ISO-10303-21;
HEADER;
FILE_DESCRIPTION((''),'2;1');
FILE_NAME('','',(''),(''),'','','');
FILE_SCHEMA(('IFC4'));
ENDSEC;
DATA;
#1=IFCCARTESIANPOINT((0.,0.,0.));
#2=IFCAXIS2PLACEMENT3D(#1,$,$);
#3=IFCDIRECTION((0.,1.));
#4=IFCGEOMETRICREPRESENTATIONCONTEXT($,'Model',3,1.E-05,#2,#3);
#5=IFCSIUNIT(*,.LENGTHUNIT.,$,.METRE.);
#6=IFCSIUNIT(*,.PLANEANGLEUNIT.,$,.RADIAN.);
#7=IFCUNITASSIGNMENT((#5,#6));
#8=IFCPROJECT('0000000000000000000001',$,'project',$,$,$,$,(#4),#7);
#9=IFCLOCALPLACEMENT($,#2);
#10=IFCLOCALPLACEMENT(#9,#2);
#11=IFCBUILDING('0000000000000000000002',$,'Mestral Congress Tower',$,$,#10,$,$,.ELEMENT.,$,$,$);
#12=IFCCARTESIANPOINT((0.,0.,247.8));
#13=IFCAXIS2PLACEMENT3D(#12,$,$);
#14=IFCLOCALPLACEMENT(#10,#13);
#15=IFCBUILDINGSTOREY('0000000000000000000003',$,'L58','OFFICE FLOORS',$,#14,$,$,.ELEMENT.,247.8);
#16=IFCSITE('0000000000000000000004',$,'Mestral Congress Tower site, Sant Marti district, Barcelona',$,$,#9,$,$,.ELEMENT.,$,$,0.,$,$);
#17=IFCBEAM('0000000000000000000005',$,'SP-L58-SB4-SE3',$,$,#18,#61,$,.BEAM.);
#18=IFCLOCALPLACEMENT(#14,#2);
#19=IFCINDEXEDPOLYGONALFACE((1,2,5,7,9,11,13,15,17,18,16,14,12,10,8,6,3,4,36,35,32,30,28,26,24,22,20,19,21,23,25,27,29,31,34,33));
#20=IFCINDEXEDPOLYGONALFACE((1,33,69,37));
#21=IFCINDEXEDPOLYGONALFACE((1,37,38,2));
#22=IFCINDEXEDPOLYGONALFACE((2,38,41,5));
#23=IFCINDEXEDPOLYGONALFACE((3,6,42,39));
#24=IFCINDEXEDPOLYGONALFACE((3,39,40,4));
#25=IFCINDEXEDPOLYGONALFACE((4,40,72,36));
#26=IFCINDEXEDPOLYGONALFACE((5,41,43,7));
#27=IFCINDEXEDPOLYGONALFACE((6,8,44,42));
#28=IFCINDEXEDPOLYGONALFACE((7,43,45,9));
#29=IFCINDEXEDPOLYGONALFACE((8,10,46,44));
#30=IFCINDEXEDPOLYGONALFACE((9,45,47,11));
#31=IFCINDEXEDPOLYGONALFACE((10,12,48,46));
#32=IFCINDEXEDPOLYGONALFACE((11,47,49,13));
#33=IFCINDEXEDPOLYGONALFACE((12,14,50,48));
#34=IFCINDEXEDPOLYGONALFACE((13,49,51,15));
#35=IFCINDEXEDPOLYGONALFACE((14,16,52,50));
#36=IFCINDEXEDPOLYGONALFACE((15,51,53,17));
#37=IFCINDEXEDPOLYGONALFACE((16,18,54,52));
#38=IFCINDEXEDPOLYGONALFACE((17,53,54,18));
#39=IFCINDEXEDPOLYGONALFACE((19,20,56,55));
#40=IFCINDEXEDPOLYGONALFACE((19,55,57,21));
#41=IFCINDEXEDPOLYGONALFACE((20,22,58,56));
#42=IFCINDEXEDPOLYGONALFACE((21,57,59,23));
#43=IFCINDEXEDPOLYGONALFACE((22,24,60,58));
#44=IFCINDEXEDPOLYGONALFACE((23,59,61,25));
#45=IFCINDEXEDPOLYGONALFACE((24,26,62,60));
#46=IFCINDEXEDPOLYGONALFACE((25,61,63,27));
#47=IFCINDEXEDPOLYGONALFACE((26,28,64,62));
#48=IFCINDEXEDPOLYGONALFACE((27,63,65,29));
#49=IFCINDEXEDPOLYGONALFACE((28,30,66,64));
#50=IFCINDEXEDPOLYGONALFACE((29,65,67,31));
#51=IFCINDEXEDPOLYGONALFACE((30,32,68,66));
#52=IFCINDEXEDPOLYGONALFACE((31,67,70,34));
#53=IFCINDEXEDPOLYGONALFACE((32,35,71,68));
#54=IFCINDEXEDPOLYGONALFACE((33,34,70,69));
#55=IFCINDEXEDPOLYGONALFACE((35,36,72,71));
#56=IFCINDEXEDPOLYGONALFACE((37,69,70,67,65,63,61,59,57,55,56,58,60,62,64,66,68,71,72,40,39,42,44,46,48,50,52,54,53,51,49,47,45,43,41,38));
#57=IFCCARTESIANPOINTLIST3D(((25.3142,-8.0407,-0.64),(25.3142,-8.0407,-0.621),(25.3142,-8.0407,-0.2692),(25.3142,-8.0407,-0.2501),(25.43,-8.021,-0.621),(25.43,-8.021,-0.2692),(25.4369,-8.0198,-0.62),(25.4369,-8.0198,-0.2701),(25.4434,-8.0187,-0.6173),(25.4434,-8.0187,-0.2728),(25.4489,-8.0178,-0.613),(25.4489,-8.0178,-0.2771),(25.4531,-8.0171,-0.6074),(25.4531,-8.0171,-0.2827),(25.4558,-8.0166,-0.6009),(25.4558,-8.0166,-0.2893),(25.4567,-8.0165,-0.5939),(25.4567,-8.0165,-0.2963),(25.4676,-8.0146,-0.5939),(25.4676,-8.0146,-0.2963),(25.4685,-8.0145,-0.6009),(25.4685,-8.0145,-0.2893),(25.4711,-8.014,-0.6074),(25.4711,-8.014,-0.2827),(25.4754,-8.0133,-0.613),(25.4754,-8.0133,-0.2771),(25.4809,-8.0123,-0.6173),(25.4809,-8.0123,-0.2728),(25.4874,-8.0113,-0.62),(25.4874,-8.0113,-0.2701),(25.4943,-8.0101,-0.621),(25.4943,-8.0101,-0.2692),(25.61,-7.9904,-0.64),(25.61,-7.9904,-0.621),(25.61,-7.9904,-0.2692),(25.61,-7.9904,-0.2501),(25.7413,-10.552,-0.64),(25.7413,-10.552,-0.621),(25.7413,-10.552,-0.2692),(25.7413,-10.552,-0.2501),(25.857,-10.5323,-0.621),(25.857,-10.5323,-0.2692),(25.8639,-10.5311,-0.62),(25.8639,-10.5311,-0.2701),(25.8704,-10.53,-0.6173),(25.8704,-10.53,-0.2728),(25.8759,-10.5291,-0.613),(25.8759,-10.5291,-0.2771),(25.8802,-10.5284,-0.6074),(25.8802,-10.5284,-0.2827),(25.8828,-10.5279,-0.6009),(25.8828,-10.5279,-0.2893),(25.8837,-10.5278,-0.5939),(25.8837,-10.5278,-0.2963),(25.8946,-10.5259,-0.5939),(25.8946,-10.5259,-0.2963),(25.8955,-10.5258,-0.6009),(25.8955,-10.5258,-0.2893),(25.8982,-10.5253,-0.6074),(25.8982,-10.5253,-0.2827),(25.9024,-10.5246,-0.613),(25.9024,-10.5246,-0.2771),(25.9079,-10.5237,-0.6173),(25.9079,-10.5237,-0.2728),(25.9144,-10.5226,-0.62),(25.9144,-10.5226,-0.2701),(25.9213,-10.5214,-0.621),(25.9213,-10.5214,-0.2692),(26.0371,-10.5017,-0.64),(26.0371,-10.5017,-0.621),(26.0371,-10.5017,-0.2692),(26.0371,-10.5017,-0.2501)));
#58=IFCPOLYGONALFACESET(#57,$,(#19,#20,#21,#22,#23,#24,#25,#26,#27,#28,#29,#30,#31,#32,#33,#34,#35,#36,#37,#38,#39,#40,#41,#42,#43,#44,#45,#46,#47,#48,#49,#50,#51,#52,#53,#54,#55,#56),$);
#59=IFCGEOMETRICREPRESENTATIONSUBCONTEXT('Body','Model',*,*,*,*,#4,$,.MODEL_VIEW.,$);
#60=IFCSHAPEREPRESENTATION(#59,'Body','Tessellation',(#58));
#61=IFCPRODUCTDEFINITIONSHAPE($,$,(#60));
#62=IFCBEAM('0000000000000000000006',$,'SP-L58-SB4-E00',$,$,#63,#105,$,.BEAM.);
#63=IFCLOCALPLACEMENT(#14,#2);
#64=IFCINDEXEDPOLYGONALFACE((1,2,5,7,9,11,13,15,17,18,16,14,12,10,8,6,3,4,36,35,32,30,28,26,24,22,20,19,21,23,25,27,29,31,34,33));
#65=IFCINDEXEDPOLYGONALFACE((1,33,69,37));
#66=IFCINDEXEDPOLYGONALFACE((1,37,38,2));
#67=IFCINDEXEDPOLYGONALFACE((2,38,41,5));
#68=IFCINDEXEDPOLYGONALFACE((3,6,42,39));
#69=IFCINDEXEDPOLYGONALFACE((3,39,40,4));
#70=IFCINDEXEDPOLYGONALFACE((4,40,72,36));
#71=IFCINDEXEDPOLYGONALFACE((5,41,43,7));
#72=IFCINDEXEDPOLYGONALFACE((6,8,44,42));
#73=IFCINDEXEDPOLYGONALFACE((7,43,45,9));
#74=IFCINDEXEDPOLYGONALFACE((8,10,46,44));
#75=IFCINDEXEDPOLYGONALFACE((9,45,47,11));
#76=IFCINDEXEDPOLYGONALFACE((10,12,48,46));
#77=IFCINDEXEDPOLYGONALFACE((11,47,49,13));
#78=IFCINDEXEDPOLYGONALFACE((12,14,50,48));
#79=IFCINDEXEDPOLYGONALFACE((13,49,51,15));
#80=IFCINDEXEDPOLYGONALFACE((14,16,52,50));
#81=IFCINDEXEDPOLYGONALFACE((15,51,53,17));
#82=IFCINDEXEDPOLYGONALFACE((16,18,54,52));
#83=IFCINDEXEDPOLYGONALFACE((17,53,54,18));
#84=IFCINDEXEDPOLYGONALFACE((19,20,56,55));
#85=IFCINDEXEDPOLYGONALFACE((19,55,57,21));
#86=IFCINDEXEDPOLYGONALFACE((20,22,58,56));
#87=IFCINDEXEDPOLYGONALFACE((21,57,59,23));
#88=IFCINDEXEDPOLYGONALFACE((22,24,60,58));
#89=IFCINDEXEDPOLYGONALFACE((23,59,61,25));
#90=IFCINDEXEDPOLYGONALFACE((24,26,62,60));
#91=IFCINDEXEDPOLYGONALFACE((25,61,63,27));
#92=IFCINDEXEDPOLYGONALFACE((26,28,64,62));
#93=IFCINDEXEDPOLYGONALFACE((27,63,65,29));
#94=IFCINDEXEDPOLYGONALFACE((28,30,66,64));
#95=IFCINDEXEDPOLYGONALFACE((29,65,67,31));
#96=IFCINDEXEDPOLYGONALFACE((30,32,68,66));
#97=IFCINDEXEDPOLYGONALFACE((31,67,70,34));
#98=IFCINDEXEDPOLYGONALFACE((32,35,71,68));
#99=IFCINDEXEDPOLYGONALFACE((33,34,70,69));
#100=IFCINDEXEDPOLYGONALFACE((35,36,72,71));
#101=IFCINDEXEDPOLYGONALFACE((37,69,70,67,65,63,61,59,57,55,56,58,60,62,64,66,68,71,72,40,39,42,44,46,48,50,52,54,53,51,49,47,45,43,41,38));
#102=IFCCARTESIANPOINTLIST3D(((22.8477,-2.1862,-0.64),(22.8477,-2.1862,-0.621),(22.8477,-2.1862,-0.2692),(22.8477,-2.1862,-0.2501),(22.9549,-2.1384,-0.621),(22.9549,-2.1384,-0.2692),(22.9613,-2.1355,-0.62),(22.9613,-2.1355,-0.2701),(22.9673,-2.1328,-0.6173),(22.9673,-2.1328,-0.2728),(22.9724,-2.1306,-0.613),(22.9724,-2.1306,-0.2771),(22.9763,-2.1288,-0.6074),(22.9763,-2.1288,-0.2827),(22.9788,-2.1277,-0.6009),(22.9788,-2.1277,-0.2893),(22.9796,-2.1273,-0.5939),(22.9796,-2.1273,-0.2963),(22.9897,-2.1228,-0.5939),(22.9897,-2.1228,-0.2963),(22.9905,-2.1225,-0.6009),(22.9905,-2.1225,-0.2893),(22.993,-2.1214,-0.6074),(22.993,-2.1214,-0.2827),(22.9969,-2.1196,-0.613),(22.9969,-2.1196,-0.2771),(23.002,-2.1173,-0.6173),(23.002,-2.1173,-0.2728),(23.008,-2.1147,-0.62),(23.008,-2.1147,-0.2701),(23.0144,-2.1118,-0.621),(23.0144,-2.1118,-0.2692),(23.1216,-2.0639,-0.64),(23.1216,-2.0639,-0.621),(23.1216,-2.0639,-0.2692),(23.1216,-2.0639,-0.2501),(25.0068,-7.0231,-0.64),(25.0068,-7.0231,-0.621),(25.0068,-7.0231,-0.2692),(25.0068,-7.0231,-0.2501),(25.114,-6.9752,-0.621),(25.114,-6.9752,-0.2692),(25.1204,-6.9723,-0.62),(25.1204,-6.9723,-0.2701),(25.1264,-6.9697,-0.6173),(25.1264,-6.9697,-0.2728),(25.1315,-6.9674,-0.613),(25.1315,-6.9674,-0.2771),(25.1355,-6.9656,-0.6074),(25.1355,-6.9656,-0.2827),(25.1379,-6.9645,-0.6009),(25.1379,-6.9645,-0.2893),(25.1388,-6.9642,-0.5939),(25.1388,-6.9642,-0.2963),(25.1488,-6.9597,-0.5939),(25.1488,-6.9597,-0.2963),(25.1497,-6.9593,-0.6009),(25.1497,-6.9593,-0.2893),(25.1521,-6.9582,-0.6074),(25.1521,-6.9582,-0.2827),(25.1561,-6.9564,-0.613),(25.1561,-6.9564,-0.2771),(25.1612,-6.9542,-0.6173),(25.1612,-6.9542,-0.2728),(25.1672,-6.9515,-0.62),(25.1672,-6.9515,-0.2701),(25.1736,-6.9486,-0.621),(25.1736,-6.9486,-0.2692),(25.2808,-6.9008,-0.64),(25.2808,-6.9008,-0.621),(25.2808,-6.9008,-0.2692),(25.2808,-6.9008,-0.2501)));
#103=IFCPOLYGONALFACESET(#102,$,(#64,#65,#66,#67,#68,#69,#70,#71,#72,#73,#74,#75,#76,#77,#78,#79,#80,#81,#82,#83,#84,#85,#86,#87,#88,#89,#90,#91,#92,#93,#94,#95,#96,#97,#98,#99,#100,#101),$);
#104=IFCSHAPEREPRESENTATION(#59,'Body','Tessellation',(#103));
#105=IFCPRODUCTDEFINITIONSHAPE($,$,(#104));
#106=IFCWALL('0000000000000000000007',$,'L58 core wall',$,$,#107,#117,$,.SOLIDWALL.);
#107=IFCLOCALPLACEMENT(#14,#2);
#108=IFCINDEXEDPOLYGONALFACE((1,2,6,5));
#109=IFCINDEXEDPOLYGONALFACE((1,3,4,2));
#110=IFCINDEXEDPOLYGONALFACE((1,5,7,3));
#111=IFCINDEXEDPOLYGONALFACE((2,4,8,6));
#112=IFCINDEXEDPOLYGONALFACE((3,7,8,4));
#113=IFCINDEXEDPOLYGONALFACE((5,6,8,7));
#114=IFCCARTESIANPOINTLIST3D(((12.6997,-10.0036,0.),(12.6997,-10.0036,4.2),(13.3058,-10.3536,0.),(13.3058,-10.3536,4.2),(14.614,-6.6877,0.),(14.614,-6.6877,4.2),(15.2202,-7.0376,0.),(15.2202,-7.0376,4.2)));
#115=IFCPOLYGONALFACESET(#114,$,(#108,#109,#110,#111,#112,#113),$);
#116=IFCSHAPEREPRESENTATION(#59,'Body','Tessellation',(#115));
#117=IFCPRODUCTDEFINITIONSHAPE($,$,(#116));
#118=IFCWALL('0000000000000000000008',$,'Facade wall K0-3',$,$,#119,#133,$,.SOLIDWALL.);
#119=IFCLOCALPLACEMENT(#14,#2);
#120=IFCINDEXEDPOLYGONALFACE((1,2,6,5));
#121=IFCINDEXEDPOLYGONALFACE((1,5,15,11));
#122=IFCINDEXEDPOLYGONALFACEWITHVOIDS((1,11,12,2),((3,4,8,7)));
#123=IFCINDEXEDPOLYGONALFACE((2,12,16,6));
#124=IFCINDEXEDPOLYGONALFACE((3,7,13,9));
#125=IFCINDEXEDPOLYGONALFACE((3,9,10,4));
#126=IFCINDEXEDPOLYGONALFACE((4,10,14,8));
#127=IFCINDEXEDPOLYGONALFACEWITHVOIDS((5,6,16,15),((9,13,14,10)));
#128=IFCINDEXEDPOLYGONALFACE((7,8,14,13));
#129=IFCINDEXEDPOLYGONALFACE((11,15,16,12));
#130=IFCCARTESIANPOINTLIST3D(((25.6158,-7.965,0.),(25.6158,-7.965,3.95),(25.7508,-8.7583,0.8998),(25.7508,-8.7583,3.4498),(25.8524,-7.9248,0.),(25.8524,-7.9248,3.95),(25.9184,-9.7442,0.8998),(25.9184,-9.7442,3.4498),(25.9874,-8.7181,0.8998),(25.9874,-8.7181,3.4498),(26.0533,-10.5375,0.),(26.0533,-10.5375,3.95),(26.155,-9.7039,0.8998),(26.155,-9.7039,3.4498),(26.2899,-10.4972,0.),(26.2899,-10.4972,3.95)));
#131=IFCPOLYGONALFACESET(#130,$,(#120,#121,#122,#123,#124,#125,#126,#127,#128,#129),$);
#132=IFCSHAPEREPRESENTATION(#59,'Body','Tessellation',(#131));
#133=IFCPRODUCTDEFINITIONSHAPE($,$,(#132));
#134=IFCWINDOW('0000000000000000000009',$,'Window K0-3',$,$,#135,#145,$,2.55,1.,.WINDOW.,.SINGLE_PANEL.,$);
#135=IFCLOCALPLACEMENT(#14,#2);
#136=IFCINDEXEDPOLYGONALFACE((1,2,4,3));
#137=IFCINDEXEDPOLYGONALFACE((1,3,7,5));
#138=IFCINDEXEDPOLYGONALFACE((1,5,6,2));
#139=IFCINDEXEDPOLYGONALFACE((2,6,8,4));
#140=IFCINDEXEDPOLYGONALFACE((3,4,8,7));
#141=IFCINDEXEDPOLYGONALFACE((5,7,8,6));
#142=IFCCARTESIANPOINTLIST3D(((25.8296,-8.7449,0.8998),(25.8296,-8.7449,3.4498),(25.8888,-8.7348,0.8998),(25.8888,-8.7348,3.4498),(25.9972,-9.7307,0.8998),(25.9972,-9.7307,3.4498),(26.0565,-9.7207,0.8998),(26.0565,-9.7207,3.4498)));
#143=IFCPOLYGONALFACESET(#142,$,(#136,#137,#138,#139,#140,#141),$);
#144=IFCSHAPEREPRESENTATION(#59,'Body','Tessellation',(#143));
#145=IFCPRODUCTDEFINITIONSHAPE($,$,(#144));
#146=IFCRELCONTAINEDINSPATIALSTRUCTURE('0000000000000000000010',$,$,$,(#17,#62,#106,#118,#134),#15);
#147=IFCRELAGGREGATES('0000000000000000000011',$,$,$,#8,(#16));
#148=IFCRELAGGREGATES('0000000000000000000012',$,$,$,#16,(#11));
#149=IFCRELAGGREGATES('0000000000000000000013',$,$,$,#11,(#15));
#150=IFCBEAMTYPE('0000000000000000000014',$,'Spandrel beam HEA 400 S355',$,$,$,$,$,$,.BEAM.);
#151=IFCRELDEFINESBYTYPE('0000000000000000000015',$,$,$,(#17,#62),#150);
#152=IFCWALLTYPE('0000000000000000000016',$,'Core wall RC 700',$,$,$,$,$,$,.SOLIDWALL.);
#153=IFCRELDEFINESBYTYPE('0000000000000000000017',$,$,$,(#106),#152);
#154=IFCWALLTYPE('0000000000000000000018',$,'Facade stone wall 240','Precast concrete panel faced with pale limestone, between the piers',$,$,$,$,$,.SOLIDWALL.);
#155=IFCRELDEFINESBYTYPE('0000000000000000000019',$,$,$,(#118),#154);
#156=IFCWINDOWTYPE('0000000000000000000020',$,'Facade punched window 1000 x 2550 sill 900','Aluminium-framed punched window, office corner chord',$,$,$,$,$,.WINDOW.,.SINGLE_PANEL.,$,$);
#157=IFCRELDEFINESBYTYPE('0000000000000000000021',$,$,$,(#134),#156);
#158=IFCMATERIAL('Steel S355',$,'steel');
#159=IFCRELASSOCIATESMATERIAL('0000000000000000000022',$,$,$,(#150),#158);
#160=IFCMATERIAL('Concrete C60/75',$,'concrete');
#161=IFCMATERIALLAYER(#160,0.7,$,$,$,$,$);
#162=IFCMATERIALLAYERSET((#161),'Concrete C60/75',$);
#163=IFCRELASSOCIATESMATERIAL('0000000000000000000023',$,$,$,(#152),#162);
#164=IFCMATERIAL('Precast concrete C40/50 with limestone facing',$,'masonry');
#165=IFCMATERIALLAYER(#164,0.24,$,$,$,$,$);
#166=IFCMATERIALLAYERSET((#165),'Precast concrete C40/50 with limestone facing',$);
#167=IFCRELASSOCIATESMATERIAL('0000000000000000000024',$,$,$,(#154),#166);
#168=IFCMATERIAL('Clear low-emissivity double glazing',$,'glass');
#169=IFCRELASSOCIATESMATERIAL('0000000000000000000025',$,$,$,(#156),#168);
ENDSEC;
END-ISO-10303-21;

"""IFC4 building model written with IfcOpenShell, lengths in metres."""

from ifc_helpers import new_model, si_unit, direction, frame, frame_2d, origin, origin_2d, place, context, subcontext, project, spatial, rectangle, i_section, extrude, material, layer, layer_set, material_profile, profile_set, type_object, element, fill, save


model = new_model("IFC4")

# Units and contexts
model_context = context("Model", 3, precision=1e-05, world=origin(), true_north=direction((0.0, 1.0)))
body_context = subcontext(model_context, "Body", "Model", "MODEL_VIEW")
ifc_project = project(units=[si_unit("LENGTHUNIT", "METRE"), si_unit("PLANEANGLEUNIT", "RADIAN")], contexts=[model_context])

# Site, building, storey
site_placement = place(None, origin())
site = spatial("IfcSite", under=ifc_project, at=site_placement, Name="Mestral Congress Tower site, Sant Marti district, Barcelona", CompositionType="ELEMENT", RefElevation=0.0)
building_placement = place(site_placement, origin())
building = spatial("IfcBuilding", under=site, at=building_placement, Name="Mestral Congress Tower", CompositionType="ELEMENT")
storey_placement = place(building_placement, frame((0.0, 0.0, 247.8)))
storey = spatial("IfcBuildingStorey", under=building, at=storey_placement, Name="L58", Description="OFFICE FLOORS", CompositionType="ELEMENT", Elevation=247.8)

# Shared definitions
ifc_material_1 = material(Name="Concrete C60/75", Category="concrete")

# Beams
ifc_material_2 = material(Name="Steel S355", Category="steel")
ifc_material_profile_1 = material_profile(ifc_material_2, i_section(OverallWidth=0.3, OverallDepth=0.3899, WebThickness=0.011, FlangeThickness=0.019, FilletRadius=0.0271, at=origin_2d()), Name="HEA 400")
ifc_profile_set_1 = profile_set([ifc_material_profile_1], Name="Steel S355")
beam_type_1 = type_object("IfcBeamType", Name="Spandrel beam HEA 400 S355", PredefinedType="BEAM", material=ifc_profile_set_1)
beam_1_placement = place(storey_placement, frame((25.8892, -10.5269, -0.4451), z_axis=(-0.167631, 0.98585, 0.0), x_axis=(-0.98585, -0.167631, 0.0)))
element("IfcBeam", 1, at=beam_1_placement, inside=storey, type_object=beam_type_1, Name="SP-L58-SB4-SE3", PredefinedType="BEAM", context=body_context, shape_type="SweptSolid", body=[
    extrude(i_section(OverallWidth=0.3, OverallDepth=0.3899, WebThickness=0.011, FlangeThickness=0.019, FilletRadius=0.0271, at=origin_2d()), origin(), (0.0, 0.0, 1.0), 2.5474),
])
beam_2_placement = place(storey_placement, frame((25.1438, -6.9619, -0.4451), z_axis=(-0.407626, 0.913149, 0.0), x_axis=(-0.913149, -0.407626, 0.0)))
element("IfcBeam", 2, at=beam_2_placement, inside=storey, type_object=beam_type_1, Name="SP-L58-SB4-E00", PredefinedType="BEAM", context=body_context, shape_type="SweptSolid", body=[
    extrude(i_section(OverallWidth=0.3, OverallDepth=0.3899, WebThickness=0.011, FlangeThickness=0.019, FilletRadius=0.0271, at=origin_2d()), origin(), (0.0, 0.0, 1.0), 5.2969),
])

# Wall
ifc_layer_1 = layer(ifc_material_1, 0.7)
ifc_layer_set_1 = layer_set([ifc_layer_1], Name="Concrete C60/75")
wall_type_1 = type_object("IfcWallType", Name="Core wall RC 700", PredefinedType="SOLIDWALL", material=ifc_layer_set_1)
wall_1_placement = place(storey_placement, frame((13.0027, -10.1787, 0.0), z_axis=(0.0, 0.0, 1.0), x_axis=(0.499973, 0.866041, 0.0)))
element("IfcWall", 3, at=wall_1_placement, inside=storey, type_object=wall_type_1, Name="L58 core wall", PredefinedType="SOLIDWALL", context=body_context, shape_type="SweptSolid", body=[
    extrude(rectangle(XDim=3.8289, YDim=0.7, at=frame_2d((1.9146, 0.0))), origin(), (0.0, 0.0, 1.0), 4.2),
])

# Wall, opening, window
ifc_material_3 = material(Name="Precast concrete C40/50 with limestone facing", Category="masonry")
ifc_layer_2 = layer(ifc_material_3, 0.24)
ifc_layer_set_2 = layer_set([ifc_layer_2], Name="Precast concrete C40/50 with limestone facing")
wall_type_2 = type_object("IfcWallType", Name="Facade stone wall 240", Description="Precast concrete panel faced with pale limestone, between the piers", PredefinedType="SOLIDWALL", material=ifc_layer_set_2)
wall_2_placement = place(storey_placement, frame((26.1716, -10.5173, 0.0), z_axis=(0.0, 0.0, 1.0), x_axis=(-0.16766, 0.985845, 0.0)))
wall_2 = element("IfcWall", 4, at=wall_2_placement, inside=storey, type_object=wall_type_2, Name="Facade wall K0-3", PredefinedType="SOLIDWALL", context=body_context, shape_type="SweptSolid", body=[
    extrude(rectangle(XDim=2.6094, YDim=0.24, at=frame_2d((1.3047, 0.0))), origin(), (0.0, 0.0, 1.0), 3.95),
])
opening_1_placement = place(wall_2_placement, frame((0.8047, 0.0, 0.8999)))
opening_1 = element("IfcOpeningElement", 5, at=opening_1_placement, cuts=wall_2, PredefinedType="OPENING", context=body_context, shape_type="SweptSolid", body=[
    extrude(rectangle(XDim=1.0, YDim=2.55, at=frame_2d((0.5, 1.2749))), frame((0.0, 0.1299, 0.0), z_axis=(0.0, -1.0, 0.0), x_axis=(1.0, 0.0, 0.0)), (0.0, 0.0, 1.0), 0.26),
])
ifc_material_4 = material(Name="Clear low-emissivity double glazing", Category="glass")
window_type_1 = type_object("IfcWindowType", Name="Facade punched window 1000 x 2550 sill 900", Description="Aluminium-framed punched window, office corner chord", PartitioningType="SINGLE_PANEL", PredefinedType="WINDOW", material=ifc_material_4)
window_1_placement = place(opening_1_placement, origin())
window_1 = element("IfcWindow", 6, at=window_1_placement, inside=storey, type_object=window_type_1, Name="Window K0-3", OverallHeight=2.55, OverallWidth=1.0, PartitioningType="SINGLE_PANEL", PredefinedType="WINDOW", context=body_context, shape_type="SweptSolid", body=[
    extrude(rectangle(XDim=1.0, YDim=2.55, at=frame_2d((0.5, 1.2749))), frame((0.0, 0.04, 0.0), z_axis=(0.0, -1.0, 0.0), x_axis=(1.0, 0.0, 0.0)), (0.0, 0.0, 1.0), 0.0601),
])
fill(opening_1, window_1)

save(model, "model.ifc")
